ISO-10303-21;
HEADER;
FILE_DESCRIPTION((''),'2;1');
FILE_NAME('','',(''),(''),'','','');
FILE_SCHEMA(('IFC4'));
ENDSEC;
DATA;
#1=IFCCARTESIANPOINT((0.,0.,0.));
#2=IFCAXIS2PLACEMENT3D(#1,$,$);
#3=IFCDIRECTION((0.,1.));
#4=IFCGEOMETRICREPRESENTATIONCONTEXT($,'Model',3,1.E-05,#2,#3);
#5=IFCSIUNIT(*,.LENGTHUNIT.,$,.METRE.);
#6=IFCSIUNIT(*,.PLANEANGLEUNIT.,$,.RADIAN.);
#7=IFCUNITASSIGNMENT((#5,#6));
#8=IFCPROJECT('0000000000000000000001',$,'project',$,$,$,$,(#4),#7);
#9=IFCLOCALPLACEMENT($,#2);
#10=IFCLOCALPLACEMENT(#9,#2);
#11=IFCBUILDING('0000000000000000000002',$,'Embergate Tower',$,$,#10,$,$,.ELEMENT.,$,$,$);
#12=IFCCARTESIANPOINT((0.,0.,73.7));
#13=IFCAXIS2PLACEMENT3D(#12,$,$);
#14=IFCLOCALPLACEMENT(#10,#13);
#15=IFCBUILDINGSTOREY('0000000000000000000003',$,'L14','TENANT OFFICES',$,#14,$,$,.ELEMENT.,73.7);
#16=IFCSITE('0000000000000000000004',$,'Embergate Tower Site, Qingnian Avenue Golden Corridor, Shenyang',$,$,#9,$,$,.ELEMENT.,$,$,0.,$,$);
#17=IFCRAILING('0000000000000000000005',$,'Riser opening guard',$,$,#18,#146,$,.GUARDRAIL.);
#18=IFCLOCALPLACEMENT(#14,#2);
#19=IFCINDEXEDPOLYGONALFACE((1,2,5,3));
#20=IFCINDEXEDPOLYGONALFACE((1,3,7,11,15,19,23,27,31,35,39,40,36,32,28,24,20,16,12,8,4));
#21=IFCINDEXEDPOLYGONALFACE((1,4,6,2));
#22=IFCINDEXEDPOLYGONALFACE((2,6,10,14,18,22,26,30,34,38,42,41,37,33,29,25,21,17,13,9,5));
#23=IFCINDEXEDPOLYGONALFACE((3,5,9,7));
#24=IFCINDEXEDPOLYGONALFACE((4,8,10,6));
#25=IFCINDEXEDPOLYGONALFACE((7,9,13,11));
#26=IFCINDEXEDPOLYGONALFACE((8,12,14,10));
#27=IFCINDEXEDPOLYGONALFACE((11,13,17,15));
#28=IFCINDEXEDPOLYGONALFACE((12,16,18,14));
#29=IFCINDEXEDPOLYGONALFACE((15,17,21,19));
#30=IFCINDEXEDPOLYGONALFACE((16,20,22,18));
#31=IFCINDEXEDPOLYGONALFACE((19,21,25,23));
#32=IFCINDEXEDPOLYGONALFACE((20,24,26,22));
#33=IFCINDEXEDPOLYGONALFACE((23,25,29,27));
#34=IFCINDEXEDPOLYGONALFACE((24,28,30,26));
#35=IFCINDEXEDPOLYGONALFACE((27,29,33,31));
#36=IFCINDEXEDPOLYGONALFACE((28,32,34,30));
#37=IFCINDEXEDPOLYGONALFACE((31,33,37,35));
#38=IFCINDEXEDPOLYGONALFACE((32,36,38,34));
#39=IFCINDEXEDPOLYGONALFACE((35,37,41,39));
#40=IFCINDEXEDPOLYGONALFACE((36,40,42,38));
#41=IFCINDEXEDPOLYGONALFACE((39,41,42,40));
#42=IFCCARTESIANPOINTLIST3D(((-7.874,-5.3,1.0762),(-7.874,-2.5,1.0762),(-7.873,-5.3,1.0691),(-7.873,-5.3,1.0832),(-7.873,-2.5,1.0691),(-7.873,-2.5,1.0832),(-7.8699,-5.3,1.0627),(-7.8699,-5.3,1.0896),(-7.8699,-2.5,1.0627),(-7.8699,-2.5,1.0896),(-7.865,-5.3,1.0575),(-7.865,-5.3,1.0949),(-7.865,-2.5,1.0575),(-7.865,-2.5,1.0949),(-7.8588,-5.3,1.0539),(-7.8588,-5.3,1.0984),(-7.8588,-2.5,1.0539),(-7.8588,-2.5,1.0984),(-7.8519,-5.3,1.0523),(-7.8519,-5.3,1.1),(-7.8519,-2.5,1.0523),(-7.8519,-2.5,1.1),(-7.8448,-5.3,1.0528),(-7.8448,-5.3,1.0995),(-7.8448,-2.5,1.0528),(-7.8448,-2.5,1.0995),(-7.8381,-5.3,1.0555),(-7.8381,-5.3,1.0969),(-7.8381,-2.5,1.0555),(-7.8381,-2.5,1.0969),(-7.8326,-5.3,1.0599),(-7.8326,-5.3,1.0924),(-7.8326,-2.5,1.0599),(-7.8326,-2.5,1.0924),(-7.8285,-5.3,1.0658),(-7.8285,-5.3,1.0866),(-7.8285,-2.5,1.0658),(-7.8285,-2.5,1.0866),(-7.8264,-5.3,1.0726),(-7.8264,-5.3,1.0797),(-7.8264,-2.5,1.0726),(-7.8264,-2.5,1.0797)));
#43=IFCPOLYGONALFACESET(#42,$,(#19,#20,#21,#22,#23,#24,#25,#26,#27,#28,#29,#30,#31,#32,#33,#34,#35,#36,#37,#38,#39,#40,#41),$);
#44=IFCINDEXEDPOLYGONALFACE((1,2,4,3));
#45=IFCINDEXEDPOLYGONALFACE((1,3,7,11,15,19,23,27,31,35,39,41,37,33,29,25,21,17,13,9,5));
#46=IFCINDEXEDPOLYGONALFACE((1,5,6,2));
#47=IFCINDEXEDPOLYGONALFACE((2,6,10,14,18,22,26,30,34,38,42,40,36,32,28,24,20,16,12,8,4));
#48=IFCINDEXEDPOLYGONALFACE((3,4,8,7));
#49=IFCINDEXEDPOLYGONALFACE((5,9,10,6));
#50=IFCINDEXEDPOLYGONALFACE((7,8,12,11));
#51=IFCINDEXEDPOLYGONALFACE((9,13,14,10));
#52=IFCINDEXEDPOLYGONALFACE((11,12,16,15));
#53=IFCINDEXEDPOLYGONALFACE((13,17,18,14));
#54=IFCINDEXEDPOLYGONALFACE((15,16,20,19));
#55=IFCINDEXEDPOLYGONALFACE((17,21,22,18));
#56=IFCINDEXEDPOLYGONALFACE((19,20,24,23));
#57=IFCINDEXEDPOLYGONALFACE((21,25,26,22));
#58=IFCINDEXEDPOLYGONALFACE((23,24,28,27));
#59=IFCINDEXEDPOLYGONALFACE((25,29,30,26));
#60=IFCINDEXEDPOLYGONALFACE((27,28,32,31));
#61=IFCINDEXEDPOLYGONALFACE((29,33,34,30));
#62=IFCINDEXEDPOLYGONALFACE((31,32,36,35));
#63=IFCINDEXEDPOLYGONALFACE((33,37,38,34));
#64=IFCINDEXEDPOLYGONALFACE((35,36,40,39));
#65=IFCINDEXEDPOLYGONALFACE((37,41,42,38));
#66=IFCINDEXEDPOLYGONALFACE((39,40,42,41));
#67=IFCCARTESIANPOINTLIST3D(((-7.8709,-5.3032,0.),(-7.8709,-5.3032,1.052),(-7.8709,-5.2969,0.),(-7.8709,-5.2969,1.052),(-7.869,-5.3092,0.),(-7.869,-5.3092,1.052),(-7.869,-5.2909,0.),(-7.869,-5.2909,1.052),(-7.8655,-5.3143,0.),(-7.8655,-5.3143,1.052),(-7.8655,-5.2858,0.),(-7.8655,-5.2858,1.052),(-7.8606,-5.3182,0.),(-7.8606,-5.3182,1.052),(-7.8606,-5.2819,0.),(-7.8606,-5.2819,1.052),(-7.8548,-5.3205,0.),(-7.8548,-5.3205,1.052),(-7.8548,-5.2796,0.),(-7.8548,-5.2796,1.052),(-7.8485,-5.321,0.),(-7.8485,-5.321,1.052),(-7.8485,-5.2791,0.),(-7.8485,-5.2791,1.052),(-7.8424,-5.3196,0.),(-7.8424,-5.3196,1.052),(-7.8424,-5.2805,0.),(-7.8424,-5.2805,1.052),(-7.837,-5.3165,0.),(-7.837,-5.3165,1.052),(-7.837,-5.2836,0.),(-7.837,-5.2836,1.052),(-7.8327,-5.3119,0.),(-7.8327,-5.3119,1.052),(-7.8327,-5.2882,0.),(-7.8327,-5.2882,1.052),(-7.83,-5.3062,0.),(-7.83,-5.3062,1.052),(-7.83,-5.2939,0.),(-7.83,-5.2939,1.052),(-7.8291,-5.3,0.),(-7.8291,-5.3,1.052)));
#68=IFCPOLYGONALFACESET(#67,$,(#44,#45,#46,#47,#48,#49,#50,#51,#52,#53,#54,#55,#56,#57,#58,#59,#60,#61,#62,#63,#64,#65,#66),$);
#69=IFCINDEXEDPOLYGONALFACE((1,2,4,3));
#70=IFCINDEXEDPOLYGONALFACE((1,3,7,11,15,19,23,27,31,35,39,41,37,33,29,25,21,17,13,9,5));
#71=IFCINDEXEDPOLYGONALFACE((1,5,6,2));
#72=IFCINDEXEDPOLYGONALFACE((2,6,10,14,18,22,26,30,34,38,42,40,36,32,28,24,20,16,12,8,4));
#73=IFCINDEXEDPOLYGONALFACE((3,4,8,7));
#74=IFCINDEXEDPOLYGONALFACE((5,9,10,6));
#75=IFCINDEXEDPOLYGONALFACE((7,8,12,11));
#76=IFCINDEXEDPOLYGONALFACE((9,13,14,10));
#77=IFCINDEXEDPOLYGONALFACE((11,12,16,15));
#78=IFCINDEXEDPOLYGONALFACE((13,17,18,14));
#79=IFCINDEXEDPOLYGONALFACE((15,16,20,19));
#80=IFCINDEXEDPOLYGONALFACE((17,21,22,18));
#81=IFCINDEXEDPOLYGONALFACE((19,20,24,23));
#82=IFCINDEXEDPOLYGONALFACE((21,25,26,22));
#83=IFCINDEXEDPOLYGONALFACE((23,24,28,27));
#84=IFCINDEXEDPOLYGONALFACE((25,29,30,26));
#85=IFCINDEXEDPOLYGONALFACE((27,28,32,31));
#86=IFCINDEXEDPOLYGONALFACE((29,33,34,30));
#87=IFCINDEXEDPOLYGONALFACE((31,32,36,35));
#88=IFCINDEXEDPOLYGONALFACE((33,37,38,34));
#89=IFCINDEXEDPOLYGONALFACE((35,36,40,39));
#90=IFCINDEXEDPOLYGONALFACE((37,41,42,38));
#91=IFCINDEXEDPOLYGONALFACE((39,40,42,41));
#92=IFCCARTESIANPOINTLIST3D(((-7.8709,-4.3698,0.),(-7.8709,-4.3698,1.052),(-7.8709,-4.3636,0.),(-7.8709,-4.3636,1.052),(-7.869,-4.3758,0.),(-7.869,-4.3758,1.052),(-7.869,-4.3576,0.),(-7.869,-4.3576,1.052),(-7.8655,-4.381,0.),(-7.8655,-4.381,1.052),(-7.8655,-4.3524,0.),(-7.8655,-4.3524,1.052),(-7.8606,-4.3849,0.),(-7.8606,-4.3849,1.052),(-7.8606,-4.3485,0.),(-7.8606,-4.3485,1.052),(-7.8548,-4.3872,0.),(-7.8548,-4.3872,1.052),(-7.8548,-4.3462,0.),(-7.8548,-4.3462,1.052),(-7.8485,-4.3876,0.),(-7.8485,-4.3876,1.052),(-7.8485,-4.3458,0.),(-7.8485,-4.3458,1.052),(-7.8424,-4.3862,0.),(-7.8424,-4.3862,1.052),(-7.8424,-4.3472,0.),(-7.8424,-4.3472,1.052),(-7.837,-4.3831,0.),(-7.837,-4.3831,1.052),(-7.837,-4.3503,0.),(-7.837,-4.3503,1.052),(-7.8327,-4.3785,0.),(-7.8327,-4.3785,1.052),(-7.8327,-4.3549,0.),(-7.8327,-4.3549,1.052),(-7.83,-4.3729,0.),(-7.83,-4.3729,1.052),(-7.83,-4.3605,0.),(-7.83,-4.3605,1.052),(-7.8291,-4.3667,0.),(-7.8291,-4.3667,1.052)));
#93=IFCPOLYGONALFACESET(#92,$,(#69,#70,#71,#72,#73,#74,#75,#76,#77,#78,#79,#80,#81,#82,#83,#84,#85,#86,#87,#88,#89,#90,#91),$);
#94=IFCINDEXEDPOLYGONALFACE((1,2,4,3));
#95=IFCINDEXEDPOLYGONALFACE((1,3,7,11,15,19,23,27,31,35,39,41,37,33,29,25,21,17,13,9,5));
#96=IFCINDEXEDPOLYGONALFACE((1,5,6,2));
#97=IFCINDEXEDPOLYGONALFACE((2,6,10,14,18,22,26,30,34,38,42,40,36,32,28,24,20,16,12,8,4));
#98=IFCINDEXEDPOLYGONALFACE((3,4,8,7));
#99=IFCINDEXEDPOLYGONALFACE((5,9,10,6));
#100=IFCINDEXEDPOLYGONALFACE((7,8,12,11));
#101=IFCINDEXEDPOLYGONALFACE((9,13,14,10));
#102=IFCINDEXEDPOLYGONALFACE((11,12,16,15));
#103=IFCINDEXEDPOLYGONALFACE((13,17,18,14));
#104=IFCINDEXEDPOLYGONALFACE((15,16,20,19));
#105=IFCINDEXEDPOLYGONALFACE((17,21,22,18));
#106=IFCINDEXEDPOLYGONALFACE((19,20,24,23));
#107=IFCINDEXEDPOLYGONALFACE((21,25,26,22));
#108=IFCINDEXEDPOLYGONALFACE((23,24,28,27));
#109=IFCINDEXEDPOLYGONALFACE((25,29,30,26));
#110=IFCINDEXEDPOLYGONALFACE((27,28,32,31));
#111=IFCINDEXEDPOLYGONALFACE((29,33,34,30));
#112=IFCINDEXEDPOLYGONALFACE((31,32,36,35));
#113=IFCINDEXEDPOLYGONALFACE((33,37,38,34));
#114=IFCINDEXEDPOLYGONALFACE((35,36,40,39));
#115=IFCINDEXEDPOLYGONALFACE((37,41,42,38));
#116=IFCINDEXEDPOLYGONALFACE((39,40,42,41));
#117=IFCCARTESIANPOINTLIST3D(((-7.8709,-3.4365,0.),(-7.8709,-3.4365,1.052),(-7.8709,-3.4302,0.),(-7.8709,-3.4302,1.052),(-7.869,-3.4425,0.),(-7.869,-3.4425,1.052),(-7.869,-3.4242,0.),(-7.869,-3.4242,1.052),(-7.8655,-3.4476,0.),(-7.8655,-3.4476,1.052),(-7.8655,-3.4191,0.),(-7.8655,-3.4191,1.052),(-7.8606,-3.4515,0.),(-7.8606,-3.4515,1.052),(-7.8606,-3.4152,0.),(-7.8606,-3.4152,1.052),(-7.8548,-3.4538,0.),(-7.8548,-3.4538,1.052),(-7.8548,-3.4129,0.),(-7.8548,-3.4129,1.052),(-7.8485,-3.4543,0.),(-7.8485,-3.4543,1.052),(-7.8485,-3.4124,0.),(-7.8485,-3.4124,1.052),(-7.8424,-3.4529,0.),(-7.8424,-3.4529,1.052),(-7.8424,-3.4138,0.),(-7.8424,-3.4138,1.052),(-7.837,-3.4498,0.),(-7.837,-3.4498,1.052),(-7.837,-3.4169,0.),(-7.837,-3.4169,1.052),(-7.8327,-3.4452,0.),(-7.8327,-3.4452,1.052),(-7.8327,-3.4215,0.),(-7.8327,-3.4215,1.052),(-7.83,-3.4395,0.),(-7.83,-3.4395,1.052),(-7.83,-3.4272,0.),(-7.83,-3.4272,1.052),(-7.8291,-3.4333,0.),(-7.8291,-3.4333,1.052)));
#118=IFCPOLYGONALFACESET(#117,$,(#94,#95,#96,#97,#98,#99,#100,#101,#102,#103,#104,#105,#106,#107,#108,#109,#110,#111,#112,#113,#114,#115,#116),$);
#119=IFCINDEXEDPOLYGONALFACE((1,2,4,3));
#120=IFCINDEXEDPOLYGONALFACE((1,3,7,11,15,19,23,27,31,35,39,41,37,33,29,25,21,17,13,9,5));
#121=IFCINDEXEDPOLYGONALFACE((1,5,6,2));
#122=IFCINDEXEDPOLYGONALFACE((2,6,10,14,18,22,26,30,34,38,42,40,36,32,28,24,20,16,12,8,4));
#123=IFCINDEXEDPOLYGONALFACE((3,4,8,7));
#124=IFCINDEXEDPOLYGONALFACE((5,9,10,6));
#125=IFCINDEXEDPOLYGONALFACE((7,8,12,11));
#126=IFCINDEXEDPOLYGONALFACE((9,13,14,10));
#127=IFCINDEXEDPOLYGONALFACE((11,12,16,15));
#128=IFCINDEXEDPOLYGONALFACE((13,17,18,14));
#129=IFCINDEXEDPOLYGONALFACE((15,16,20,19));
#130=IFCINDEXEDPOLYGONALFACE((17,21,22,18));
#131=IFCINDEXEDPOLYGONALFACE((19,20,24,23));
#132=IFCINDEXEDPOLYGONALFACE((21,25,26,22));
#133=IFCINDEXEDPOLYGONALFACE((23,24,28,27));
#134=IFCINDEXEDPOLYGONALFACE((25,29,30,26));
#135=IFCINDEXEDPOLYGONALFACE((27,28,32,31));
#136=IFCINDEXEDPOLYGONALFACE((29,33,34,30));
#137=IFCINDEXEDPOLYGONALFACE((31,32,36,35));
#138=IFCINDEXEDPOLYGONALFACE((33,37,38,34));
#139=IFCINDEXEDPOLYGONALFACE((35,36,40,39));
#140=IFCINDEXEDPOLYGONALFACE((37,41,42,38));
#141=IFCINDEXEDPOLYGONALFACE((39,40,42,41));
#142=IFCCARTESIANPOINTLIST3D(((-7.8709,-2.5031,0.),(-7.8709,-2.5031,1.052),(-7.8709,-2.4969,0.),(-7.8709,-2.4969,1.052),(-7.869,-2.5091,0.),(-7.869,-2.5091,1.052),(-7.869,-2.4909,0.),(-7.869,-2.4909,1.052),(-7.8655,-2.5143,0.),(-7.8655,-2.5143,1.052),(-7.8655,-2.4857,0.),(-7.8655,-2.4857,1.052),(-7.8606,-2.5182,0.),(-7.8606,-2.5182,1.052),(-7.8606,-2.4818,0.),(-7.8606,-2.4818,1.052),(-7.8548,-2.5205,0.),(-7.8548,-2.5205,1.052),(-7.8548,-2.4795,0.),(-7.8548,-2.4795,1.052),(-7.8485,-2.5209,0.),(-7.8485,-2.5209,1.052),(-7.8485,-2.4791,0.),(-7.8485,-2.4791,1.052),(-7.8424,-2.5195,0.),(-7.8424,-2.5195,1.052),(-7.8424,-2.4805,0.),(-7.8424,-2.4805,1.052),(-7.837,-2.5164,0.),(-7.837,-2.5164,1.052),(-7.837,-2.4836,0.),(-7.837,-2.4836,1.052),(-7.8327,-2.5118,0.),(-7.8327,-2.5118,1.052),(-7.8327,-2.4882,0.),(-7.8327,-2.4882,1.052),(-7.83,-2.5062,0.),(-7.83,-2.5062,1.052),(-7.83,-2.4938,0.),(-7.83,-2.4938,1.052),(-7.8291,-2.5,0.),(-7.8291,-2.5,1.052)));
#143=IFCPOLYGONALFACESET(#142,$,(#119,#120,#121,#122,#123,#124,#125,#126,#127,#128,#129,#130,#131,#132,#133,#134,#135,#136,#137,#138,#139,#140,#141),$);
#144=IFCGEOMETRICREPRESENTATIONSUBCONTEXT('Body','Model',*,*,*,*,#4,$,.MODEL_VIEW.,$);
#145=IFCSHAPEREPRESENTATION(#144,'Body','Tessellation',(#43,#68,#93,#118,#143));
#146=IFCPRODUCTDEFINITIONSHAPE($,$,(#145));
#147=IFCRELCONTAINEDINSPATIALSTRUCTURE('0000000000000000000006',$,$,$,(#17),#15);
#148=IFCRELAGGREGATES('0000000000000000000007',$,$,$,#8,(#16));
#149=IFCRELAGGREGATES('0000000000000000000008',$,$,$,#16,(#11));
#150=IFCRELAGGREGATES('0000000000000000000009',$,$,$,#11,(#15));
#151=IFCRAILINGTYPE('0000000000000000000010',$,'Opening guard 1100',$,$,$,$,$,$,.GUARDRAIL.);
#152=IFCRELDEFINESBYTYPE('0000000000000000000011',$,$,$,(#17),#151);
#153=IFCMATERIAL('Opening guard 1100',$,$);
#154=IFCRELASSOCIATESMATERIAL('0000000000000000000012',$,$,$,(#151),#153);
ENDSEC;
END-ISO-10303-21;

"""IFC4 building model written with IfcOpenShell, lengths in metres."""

from ifc_helpers import new_model, si_unit, direction, frame, origin, origin_2d, place, context, subcontext, project, spatial, circle, extrude, source, transform, mapped, material, type_object, element, save


model = new_model("IFC4")

# Units and contexts
model_context = context("Model", 3, precision=1e-05, world=origin(), true_north=direction((0.0, 1.0)))
body_context = subcontext(model_context, "Body", "Model", "MODEL_VIEW")
ifc_project = project(units=[si_unit("LENGTHUNIT", "METRE"), si_unit("PLANEANGLEUNIT", "RADIAN")], contexts=[model_context])

# Site, building, storey
site_placement = place(None, origin())
site = spatial("IfcSite", under=ifc_project, at=site_placement, Name="Embergate Tower Site, Qingnian Avenue Golden Corridor, Shenyang", CompositionType="ELEMENT", RefElevation=0.0)
building_placement = place(site_placement, origin())
building = spatial("IfcBuilding", under=site, at=building_placement, Name="Embergate Tower", CompositionType="ELEMENT")
storey_placement = place(building_placement, frame((0.0, 0.0, 73.7)))
storey = spatial("IfcBuildingStorey", under=building, at=storey_placement, Name="L14", Description="TENANT OFFICES", CompositionType="ELEMENT", Elevation=73.7)

# Railing
ifc_material_1 = material(Name="Opening guard 1100")
railing_type_1 = type_object("IfcRailingType", Name="Opening guard 1100", PredefinedType="GUARDRAIL", material=ifc_material_1)
shared_shape_1 = source(origin(), body_context, "Body", "SweptSolid", [
    extrude(circle(Radius=0.0239, at=origin_2d()), frame((0.0, 0.0, 1.0762), z_axis=(0.0, 1.0, 0.0), x_axis=(-1.0, 0.0, 0.0)), (0.0, 0.0, 1.0), 2.8),
    extrude(circle(Radius=0.021, at=origin_2d()), origin(), (0.0, 0.0, 1.0), 1.052),
    extrude(circle(Radius=0.021, at=origin_2d()), frame((0.0, 0.9333, 0.0)), (0.0, 0.0, 1.0), 1.052),
    extrude(circle(Radius=0.021, at=origin_2d()), frame((0.0, 1.8667, 0.0)), (0.0, 0.0, 1.0), 1.052),
    extrude(circle(Radius=0.021, at=origin_2d()), frame((0.0, 2.8, 0.0)), (0.0, 0.0, 1.0), 1.052),
])
railing_1_placement = place(storey_placement, frame((-7.8501, -5.3, 0.0)))
element("IfcRailing", 1, at=railing_1_placement, inside=storey, type_object=railing_type_1, Name="Riser opening guard", PredefinedType="GUARDRAIL", context=body_context, shape_type="MappedRepresentation", body=[
    mapped(shared_shape_1, transform((0.0, 0.0, 0.0))),
])

save(model, "model.ifc")
